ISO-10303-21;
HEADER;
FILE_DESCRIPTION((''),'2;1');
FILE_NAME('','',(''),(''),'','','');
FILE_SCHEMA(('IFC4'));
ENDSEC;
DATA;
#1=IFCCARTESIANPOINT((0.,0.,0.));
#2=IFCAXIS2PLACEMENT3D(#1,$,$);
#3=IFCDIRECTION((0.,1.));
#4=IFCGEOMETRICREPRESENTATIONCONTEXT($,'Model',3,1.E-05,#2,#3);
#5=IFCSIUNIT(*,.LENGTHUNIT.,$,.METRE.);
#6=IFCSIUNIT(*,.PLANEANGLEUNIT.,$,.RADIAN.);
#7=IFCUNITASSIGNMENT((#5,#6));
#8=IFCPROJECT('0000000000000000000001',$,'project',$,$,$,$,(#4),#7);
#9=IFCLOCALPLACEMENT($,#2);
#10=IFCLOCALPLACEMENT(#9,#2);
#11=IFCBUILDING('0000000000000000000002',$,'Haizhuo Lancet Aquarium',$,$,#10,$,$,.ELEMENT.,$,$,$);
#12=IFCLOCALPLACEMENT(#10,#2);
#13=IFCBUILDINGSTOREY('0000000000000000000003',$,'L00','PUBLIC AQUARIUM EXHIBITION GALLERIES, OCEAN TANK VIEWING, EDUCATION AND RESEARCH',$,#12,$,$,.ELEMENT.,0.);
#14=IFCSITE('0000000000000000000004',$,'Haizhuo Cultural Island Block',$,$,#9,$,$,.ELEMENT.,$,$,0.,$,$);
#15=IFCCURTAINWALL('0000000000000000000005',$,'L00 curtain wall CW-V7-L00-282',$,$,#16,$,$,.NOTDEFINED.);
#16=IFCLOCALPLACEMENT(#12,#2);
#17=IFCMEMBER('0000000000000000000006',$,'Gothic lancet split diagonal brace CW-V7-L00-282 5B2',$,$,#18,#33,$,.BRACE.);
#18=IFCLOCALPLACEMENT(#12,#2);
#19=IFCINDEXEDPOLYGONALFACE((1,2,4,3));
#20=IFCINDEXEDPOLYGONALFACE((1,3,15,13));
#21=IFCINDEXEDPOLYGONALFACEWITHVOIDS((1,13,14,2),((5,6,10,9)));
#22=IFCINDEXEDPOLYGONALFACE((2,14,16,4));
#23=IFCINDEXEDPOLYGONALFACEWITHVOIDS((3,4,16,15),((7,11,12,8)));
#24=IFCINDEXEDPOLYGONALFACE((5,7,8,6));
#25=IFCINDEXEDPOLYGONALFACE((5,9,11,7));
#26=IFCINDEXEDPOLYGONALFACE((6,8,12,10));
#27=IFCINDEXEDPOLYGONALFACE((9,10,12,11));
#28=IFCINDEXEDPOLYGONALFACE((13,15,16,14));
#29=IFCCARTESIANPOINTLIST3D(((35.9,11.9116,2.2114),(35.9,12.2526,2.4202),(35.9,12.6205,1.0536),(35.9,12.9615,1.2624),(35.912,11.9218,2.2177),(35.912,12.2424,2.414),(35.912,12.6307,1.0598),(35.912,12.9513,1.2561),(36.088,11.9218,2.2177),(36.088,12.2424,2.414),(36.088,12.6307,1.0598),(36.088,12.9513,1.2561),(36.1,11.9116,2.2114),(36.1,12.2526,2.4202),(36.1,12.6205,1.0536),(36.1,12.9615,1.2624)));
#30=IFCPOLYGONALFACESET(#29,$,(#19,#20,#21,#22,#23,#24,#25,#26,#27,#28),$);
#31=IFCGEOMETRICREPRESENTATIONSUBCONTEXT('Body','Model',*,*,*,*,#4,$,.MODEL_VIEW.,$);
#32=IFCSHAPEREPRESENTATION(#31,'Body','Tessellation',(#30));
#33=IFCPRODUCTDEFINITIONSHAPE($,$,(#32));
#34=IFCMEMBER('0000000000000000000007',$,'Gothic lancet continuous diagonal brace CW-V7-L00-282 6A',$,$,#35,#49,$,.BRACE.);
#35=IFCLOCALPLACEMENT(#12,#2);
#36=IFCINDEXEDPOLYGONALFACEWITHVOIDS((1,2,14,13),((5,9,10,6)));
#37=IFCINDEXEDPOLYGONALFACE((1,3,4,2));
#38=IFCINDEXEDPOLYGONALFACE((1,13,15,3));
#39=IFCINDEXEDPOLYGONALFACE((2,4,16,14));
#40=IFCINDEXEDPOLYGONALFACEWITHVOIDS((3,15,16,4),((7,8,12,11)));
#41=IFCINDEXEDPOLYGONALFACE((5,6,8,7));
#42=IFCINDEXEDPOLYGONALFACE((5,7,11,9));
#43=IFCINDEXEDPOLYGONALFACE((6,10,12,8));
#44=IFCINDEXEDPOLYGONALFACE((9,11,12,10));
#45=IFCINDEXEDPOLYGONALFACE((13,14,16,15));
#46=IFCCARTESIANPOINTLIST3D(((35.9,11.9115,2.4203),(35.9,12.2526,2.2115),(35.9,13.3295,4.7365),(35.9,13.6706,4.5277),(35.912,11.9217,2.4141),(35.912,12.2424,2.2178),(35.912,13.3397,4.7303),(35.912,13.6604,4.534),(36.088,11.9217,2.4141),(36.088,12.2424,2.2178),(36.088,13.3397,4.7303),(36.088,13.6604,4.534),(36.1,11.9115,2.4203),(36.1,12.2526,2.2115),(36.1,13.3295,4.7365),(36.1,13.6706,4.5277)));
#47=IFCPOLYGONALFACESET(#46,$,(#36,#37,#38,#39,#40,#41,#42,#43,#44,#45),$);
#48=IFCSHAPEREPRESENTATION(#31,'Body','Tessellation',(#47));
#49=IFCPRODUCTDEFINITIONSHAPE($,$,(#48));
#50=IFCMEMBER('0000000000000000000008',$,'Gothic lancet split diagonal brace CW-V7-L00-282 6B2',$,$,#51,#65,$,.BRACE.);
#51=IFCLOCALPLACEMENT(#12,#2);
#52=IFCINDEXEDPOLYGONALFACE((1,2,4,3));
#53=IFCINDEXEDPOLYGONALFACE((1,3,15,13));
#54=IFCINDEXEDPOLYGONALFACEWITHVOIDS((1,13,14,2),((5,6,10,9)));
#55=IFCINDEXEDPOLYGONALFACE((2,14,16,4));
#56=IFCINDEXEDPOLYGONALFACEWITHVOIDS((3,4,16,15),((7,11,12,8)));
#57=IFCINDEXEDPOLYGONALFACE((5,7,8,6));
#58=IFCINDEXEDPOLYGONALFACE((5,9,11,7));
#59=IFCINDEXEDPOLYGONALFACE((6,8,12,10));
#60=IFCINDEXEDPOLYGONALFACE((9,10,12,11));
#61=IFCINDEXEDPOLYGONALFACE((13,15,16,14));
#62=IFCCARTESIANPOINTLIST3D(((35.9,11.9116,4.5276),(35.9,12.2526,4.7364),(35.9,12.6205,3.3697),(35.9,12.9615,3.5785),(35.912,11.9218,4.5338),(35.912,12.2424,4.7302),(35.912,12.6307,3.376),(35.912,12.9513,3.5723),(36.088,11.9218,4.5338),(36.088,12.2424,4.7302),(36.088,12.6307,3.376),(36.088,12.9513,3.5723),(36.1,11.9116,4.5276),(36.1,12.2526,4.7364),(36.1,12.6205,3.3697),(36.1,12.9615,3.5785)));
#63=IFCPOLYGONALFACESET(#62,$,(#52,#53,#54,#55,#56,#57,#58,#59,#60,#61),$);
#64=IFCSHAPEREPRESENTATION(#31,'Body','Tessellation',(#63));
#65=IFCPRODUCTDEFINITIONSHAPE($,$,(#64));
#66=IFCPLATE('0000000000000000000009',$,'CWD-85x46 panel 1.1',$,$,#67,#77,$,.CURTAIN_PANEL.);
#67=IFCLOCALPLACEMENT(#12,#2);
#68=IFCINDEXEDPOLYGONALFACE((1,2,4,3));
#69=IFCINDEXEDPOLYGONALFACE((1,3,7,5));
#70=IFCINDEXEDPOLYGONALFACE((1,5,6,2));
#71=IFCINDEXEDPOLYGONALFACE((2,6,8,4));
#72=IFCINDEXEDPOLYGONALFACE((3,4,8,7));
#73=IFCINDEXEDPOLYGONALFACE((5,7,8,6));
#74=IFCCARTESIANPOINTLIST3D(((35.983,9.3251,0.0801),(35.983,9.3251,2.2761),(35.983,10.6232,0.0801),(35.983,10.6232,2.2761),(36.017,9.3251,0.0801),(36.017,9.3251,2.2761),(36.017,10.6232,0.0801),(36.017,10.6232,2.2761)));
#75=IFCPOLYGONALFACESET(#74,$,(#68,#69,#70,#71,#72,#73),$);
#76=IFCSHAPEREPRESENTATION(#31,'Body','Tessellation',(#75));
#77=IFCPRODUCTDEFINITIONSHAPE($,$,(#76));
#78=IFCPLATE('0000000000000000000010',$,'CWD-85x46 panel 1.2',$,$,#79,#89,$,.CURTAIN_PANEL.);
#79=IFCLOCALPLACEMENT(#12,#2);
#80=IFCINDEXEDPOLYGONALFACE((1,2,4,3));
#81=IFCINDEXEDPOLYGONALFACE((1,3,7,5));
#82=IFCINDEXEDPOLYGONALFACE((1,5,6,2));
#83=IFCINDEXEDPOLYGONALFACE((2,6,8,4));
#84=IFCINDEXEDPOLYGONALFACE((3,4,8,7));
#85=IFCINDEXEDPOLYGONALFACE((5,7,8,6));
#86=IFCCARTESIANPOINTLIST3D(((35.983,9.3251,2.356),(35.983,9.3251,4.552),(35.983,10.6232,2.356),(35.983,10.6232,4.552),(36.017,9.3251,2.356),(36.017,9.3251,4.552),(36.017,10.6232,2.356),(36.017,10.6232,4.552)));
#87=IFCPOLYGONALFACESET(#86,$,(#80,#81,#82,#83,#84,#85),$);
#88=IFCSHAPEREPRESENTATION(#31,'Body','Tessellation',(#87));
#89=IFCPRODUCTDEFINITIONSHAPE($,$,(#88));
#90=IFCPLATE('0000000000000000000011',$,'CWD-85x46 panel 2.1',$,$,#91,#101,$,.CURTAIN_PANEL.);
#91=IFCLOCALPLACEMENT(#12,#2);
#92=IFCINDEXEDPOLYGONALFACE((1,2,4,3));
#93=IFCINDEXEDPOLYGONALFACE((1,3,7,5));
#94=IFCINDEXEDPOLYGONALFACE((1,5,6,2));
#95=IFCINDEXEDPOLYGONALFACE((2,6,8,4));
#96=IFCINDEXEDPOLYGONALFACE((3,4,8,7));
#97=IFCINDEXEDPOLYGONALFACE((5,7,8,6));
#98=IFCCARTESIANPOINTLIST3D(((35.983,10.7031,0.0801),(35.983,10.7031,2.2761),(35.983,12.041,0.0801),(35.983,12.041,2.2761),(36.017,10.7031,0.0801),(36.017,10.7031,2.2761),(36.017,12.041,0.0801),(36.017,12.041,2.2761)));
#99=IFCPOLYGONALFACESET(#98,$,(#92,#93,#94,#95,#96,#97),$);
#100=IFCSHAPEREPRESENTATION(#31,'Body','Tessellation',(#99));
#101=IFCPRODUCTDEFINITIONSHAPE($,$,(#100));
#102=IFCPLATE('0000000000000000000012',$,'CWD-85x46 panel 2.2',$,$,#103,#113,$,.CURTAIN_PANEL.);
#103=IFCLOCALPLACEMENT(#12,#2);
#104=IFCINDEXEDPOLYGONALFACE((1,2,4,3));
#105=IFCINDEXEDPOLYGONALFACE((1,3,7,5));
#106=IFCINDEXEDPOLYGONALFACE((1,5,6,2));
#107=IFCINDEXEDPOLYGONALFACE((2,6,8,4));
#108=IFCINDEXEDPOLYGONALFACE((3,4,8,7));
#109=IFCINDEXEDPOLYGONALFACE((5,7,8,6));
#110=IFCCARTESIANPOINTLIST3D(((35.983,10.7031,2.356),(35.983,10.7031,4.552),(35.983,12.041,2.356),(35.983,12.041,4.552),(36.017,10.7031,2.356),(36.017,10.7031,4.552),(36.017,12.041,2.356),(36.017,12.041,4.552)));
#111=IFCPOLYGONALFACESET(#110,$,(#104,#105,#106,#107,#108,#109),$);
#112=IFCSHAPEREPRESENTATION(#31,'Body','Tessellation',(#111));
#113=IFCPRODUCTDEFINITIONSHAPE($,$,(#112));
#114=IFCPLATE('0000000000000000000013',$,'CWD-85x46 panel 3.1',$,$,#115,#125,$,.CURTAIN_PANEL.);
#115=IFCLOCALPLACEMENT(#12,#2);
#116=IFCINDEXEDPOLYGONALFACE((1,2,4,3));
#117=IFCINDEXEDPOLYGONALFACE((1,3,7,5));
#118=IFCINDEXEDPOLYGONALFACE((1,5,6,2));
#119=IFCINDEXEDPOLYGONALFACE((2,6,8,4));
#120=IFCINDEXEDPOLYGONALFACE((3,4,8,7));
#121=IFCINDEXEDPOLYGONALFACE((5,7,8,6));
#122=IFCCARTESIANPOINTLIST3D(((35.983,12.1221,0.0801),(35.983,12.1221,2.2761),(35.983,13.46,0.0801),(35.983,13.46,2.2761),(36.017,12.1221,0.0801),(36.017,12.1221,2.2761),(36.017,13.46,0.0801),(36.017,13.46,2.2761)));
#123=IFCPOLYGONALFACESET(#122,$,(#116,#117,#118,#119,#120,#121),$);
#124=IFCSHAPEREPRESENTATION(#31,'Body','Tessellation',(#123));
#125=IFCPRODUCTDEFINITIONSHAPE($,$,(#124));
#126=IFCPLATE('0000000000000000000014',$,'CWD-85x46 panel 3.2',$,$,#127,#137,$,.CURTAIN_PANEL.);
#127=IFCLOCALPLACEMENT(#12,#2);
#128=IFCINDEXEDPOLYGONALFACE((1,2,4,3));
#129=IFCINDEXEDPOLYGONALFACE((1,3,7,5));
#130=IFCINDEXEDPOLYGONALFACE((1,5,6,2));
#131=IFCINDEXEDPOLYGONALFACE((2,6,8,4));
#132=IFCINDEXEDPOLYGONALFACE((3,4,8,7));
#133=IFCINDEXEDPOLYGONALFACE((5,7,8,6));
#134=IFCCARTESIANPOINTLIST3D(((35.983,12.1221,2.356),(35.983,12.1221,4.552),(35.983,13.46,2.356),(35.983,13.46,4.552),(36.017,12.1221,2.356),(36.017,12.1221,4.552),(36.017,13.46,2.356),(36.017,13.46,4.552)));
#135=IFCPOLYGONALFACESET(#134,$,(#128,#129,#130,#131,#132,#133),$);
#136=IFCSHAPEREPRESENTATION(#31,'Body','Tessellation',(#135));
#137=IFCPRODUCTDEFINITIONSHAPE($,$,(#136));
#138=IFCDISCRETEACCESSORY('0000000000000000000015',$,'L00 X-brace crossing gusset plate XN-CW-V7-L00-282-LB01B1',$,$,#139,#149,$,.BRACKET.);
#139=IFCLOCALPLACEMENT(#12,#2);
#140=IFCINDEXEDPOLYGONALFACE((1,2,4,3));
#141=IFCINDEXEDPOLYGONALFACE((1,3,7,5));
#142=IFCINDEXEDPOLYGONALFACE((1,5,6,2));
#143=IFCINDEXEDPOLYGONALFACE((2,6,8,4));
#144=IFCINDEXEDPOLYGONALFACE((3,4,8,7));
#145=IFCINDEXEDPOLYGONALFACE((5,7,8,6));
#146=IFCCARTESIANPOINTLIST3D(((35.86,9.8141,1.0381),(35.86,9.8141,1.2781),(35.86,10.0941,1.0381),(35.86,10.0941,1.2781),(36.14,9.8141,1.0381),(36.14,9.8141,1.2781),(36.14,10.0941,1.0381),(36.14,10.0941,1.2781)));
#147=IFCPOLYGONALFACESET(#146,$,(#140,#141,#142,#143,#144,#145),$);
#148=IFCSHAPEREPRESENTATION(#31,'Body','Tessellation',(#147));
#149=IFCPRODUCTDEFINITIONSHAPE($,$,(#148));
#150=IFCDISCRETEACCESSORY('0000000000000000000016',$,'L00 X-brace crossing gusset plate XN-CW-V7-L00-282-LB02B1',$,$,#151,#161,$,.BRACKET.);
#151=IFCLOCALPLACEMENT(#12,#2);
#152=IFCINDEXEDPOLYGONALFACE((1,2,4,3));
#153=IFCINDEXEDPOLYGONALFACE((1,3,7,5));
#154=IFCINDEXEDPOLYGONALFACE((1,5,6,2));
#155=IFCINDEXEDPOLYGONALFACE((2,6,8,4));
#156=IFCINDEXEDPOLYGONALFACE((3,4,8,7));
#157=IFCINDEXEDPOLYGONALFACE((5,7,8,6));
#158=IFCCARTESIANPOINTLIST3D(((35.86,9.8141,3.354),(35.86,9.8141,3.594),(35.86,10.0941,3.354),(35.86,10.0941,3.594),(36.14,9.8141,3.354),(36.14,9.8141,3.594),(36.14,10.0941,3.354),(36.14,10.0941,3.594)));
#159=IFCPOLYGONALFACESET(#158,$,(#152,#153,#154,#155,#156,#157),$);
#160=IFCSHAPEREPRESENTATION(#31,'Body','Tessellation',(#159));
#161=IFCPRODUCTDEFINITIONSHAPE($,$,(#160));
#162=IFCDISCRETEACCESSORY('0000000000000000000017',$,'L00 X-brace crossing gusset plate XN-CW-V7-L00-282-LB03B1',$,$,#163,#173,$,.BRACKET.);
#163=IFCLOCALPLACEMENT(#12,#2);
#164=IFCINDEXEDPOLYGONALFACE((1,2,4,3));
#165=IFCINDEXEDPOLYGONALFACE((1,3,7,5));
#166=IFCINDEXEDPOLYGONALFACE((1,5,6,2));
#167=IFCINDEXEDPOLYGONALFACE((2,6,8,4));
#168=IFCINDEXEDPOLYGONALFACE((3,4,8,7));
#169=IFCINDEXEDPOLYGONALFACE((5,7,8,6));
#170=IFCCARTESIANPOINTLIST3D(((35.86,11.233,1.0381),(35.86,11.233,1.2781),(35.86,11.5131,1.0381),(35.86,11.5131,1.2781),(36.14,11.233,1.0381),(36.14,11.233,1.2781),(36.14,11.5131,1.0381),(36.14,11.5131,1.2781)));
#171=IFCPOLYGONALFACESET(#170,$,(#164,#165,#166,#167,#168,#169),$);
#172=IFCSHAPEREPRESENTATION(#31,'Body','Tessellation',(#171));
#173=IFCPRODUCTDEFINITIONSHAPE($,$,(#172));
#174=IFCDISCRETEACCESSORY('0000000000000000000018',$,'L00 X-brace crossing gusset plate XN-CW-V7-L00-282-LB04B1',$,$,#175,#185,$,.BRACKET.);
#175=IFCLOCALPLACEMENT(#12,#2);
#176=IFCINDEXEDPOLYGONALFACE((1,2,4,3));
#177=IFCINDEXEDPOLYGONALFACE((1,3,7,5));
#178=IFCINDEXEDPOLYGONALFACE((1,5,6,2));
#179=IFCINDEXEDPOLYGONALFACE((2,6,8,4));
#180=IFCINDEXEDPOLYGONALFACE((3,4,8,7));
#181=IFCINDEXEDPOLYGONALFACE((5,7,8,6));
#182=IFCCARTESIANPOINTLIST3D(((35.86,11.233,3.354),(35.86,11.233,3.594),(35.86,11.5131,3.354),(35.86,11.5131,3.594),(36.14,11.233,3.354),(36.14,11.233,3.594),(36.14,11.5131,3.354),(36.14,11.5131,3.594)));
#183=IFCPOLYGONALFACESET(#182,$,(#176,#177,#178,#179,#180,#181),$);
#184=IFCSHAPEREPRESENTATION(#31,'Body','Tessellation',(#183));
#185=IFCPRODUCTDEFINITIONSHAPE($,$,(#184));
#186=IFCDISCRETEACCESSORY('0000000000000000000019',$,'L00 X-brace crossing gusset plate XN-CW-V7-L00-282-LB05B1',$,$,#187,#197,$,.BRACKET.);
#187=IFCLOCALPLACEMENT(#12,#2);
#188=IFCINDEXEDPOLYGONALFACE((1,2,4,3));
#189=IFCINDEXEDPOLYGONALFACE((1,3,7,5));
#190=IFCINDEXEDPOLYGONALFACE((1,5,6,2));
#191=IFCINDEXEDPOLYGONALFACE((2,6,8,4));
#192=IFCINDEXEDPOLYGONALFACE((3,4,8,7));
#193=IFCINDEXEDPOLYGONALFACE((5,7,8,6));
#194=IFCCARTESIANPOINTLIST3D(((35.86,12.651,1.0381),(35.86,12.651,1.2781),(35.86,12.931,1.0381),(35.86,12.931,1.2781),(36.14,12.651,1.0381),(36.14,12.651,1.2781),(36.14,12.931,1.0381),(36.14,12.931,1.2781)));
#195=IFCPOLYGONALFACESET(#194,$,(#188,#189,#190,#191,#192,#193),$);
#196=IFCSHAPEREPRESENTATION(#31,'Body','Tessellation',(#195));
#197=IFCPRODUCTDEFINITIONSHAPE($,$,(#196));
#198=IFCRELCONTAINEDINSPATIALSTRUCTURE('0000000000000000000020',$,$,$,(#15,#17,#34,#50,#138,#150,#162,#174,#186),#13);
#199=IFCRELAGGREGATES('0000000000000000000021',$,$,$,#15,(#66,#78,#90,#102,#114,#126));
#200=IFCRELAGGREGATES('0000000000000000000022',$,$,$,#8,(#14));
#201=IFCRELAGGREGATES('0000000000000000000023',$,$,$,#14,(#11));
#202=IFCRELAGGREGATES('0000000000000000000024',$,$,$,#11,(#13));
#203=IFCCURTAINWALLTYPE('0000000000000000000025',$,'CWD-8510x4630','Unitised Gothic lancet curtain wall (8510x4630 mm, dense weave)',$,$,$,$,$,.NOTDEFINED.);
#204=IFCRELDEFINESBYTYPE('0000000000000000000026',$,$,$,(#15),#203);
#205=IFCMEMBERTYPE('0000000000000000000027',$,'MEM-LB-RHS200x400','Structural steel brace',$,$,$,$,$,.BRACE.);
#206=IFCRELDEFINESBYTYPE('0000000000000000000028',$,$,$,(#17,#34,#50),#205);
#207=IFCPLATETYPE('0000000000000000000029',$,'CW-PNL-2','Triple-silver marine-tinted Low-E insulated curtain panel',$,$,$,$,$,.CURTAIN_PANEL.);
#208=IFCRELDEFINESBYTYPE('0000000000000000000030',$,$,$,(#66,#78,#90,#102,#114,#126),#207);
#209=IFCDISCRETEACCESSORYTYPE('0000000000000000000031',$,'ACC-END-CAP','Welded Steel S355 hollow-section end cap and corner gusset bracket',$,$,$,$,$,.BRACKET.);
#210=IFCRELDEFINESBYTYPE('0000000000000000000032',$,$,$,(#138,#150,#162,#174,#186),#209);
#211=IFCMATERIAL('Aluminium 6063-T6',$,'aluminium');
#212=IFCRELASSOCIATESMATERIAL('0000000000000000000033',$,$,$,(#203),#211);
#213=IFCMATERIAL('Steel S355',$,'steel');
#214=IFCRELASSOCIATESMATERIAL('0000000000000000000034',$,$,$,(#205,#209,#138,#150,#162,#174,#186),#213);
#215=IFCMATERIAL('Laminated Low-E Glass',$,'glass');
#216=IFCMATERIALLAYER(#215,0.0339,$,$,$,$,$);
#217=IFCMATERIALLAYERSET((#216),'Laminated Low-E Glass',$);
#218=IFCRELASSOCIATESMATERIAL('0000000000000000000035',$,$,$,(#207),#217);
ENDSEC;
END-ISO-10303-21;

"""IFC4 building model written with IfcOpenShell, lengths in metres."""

from ifc_helpers import new_model, si_unit, direction, frame, origin, origin_2d, place, context, subcontext, project, spatial, rectangle, hollow_rectangle, extrude, material, layer, layer_set, material_profile, profile_set, type_object, element, aggregate, save


model = new_model("IFC4")

# Units and contexts
model_context = context("Model", 3, precision=1e-05, world=origin(), true_north=direction((0.0, 1.0)))
body_context = subcontext(model_context, "Body", "Model", "MODEL_VIEW")
ifc_project = project(units=[si_unit("LENGTHUNIT", "METRE"), si_unit("PLANEANGLEUNIT", "RADIAN")], contexts=[model_context])

# Site, building, storey
site_placement = place(None, origin())
site = spatial("IfcSite", under=ifc_project, at=site_placement, Name="Haizhuo Cultural Island Block", CompositionType="ELEMENT", RefElevation=0.0)
building_placement = place(site_placement, origin())
building = spatial("IfcBuilding", under=site, at=building_placement, Name="Haizhuo Lancet Aquarium", CompositionType="ELEMENT")
storey_placement = place(building_placement, origin())
storey = spatial("IfcBuildingStorey", under=building, at=storey_placement, Name="L00", Description="PUBLIC AQUARIUM EXHIBITION GALLERIES, OCEAN TANK VIEWING, EDUCATION AND RESEARCH", CompositionType="ELEMENT", Elevation=0.0)

# Curtain wall
ifc_material_1 = material(Name="Aluminium 6063-T6", Category="aluminium")
curtain_wall_type = type_object("IfcCurtainWallType", Name="CWD-8510x4630", Description="Unitised Gothic lancet curtain wall (8510x4630 mm, dense weave)", PredefinedType="NOTDEFINED", material=ifc_material_1)
curtain_wall_placement = place(storey_placement, origin())
curtain_wall = element("IfcCurtainWall", 1, at=curtain_wall_placement, inside=storey, type_object=curtain_wall_type, Name="L00 curtain wall CW-V7-L00-282", PredefinedType="NOTDEFINED")

# Members
ifc_material_2 = material(Name="Steel S355", Category="steel")
ifc_material_profile_1 = material_profile(ifc_material_2, hollow_rectangle(XDim=0.2, YDim=0.3999, WallThickness=0.012, at=origin_2d()), Name="RHS 200x400x12")
ifc_profile_set_1 = profile_set([ifc_material_profile_1], Name="Steel S355")
member_type_1 = type_object("IfcMemberType", Name="MEM-LB-RHS200x400", Description="Structural steel brace", PredefinedType="BRACE", material=ifc_profile_set_1)
member_1_placement = place(storey_placement, frame((36.0, 12.791, 1.158), z_axis=(0.0, -0.52217, 0.852841), x_axis=(1.0, 0.0, 0.0)))
element("IfcMember", 2, at=member_1_placement, inside=storey, type_object=member_type_1, Name="Gothic lancet split diagonal brace CW-V7-L00-282 5B2", PredefinedType="BRACE", context=body_context, shape_type="SweptSolid", body=[
    extrude(hollow_rectangle(XDim=0.2, YDim=0.3999, WallThickness=0.012, at=origin_2d()), origin(), (0.0, 0.0, 1.0), 1.3577),
])
member_2_placement = place(storey_placement, frame((36.0, 12.082, 2.3159), z_axis=(0.0, 0.52213, 0.852866), x_axis=(-1.0, 0.0, 0.0)))
element("IfcMember", 3, at=member_2_placement, inside=storey, type_object=member_type_1, Name="Gothic lancet continuous diagonal brace CW-V7-L00-282 6A", PredefinedType="BRACE", context=body_context, shape_type="SweptSolid", body=[
    extrude(hollow_rectangle(XDim=0.2, YDim=0.3999, WallThickness=0.012, at=origin_2d()), origin(), (0.0, 0.0, 1.0), 2.7158),
])
member_3_placement = place(storey_placement, frame((36.0, 12.791, 3.4741), z_axis=(0.0, -0.52217, 0.852841), x_axis=(1.0, 0.0, 0.0)))
element("IfcMember", 4, at=member_3_placement, inside=storey, type_object=member_type_1, Name="Gothic lancet split diagonal brace CW-V7-L00-282 6B2", PredefinedType="BRACE", context=body_context, shape_type="SweptSolid", body=[
    extrude(hollow_rectangle(XDim=0.2, YDim=0.3999, WallThickness=0.012, at=origin_2d()), origin(), (0.0, 0.0, 1.0), 1.3577),
])

# Plates
ifc_material_3 = material(Name="Laminated Low-E Glass", Category="glass")
ifc_layer = layer(ifc_material_3, 0.0339)
ifc_layer_set = layer_set([ifc_layer], Name="Laminated Low-E Glass")
plate_type = type_object("IfcPlateType", Name="CW-PNL-2", Description="Triple-silver marine-tinted Low-E insulated curtain panel", PredefinedType="CURTAIN_PANEL", material=ifc_layer_set)
plate_1_placement = place(storey_placement, frame((36.0, 9.9741, 0.0801), z_axis=(0.0, 0.0, 1.0), x_axis=(0.0, 1.0, 0.0)))
plate_1 = element("IfcPlate", 5, at=plate_1_placement, type_object=plate_type, Name="CWD-85x46 panel 1.1", PredefinedType="CURTAIN_PANEL", context=body_context, shape_type="SweptSolid", body=[
    extrude(rectangle(XDim=1.2981, YDim=0.0339, at=origin_2d()), origin(), (0.0, 0.0, 1.0), 2.196),
])
plate_2_placement = place(storey_placement, frame((36.0, 9.9741, 2.356), z_axis=(0.0, 0.0, 1.0), x_axis=(0.0, 1.0, 0.0)))
plate_2 = element("IfcPlate", 6, at=plate_2_placement, type_object=plate_type, Name="CWD-85x46 panel 1.2", PredefinedType="CURTAIN_PANEL", context=body_context, shape_type="SweptSolid", body=[
    extrude(rectangle(XDim=1.2981, YDim=0.0339, at=origin_2d()), origin(), (0.0, 0.0, 1.0), 2.196),
])
plate_3_placement = place(storey_placement, frame((36.0, 11.3721, 0.0801), z_axis=(0.0, 0.0, 1.0), x_axis=(0.0, 1.0, 0.0)))
plate_3 = element("IfcPlate", 7, at=plate_3_placement, type_object=plate_type, Name="CWD-85x46 panel 2.1", PredefinedType="CURTAIN_PANEL", context=body_context, shape_type="SweptSolid", body=[
    extrude(rectangle(XDim=1.3379, YDim=0.0339, at=origin_2d()), origin(), (0.0, 0.0, 1.0), 2.196),
])
plate_4_placement = place(storey_placement, frame((36.0, 11.3721, 2.356), z_axis=(0.0, 0.0, 1.0), x_axis=(0.0, 1.0, 0.0)))
plate_4 = element("IfcPlate", 8, at=plate_4_placement, type_object=plate_type, Name="CWD-85x46 panel 2.2", PredefinedType="CURTAIN_PANEL", context=body_context, shape_type="SweptSolid", body=[
    extrude(rectangle(XDim=1.3379, YDim=0.0339, at=origin_2d()), origin(), (0.0, 0.0, 1.0), 2.196),
])
plate_5_placement = place(storey_placement, frame((36.0, 12.791, 0.0801), z_axis=(0.0, 0.0, 1.0), x_axis=(0.0, 1.0, 0.0)))
plate_5 = element("IfcPlate", 9, at=plate_5_placement, type_object=plate_type, Name="CWD-85x46 panel 3.1", PredefinedType="CURTAIN_PANEL", context=body_context, shape_type="SweptSolid", body=[
    extrude(rectangle(XDim=1.3379, YDim=0.0339, at=origin_2d()), origin(), (0.0, 0.0, 1.0), 2.196),
])
plate_6_placement = place(storey_placement, frame((36.0, 12.791, 2.356), z_axis=(0.0, 0.0, 1.0), x_axis=(0.0, 1.0, 0.0)))
plate_6 = element("IfcPlate", 10, at=plate_6_placement, type_object=plate_type, Name="CWD-85x46 panel 3.2", PredefinedType="CURTAIN_PANEL", context=body_context, shape_type="SweptSolid", body=[
    extrude(rectangle(XDim=1.3379, YDim=0.0339, at=origin_2d()), origin(), (0.0, 0.0, 1.0), 2.196),
])
aggregate(curtain_wall, [plate_1, plate_2, plate_3, plate_4, plate_5, plate_6])

# Discrete accessories
discrete_accessory_type = type_object("IfcDiscreteAccessoryType", Name="ACC-END-CAP", Description="Welded Steel S355 hollow-section end cap and corner gusset bracket", PredefinedType="BRACKET", material=ifc_material_2)
for number, where, z_axis, x_axis, name in (
    (11, (36.0, 9.9541, 1.0381), (0.0, 0.0, 1.0), (1.0, 0.0, 0.0), "L00 X-brace crossing gusset plate XN-CW-V7-L00-282-LB01B1"),
    (12, (36.0, 9.9541, 3.354), (0.0, 0.0, 1.0), (1.0, 0.0, 0.0), "L00 X-brace crossing gusset plate XN-CW-V7-L00-282-LB02B1"),
    (13, (36.0, 11.373, 1.0381), (0.0, 0.0, 1.0), (1.0, 0.0, 0.0), "L00 X-brace crossing gusset plate XN-CW-V7-L00-282-LB03B1"),
    (14, (36.0, 11.373, 3.354), (0.0, 0.0, 1.0), (1.0, 0.0, 0.0), "L00 X-brace crossing gusset plate XN-CW-V7-L00-282-LB04B1"),
    (15, (36.0, 12.791, 1.0381), (0.0, 0.0, 1.0), (1.0, 0.0, 0.0), "L00 X-brace crossing gusset plate XN-CW-V7-L00-282-LB05B1"),
):
    element("IfcDiscreteAccessory", number, at=place(storey_placement, frame(where, z_axis=z_axis, x_axis=x_axis)), inside=storey, type_object=discrete_accessory_type, material=ifc_material_2, Name=name, PredefinedType="BRACKET", context=body_context, shape_type="SweptSolid", body=[
        extrude(rectangle(XDim=0.28, YDim=0.28, at=origin_2d()), origin(), (0.0, 0.0, 1.0), 0.24),
    ])

save(model, "model.ifc")
